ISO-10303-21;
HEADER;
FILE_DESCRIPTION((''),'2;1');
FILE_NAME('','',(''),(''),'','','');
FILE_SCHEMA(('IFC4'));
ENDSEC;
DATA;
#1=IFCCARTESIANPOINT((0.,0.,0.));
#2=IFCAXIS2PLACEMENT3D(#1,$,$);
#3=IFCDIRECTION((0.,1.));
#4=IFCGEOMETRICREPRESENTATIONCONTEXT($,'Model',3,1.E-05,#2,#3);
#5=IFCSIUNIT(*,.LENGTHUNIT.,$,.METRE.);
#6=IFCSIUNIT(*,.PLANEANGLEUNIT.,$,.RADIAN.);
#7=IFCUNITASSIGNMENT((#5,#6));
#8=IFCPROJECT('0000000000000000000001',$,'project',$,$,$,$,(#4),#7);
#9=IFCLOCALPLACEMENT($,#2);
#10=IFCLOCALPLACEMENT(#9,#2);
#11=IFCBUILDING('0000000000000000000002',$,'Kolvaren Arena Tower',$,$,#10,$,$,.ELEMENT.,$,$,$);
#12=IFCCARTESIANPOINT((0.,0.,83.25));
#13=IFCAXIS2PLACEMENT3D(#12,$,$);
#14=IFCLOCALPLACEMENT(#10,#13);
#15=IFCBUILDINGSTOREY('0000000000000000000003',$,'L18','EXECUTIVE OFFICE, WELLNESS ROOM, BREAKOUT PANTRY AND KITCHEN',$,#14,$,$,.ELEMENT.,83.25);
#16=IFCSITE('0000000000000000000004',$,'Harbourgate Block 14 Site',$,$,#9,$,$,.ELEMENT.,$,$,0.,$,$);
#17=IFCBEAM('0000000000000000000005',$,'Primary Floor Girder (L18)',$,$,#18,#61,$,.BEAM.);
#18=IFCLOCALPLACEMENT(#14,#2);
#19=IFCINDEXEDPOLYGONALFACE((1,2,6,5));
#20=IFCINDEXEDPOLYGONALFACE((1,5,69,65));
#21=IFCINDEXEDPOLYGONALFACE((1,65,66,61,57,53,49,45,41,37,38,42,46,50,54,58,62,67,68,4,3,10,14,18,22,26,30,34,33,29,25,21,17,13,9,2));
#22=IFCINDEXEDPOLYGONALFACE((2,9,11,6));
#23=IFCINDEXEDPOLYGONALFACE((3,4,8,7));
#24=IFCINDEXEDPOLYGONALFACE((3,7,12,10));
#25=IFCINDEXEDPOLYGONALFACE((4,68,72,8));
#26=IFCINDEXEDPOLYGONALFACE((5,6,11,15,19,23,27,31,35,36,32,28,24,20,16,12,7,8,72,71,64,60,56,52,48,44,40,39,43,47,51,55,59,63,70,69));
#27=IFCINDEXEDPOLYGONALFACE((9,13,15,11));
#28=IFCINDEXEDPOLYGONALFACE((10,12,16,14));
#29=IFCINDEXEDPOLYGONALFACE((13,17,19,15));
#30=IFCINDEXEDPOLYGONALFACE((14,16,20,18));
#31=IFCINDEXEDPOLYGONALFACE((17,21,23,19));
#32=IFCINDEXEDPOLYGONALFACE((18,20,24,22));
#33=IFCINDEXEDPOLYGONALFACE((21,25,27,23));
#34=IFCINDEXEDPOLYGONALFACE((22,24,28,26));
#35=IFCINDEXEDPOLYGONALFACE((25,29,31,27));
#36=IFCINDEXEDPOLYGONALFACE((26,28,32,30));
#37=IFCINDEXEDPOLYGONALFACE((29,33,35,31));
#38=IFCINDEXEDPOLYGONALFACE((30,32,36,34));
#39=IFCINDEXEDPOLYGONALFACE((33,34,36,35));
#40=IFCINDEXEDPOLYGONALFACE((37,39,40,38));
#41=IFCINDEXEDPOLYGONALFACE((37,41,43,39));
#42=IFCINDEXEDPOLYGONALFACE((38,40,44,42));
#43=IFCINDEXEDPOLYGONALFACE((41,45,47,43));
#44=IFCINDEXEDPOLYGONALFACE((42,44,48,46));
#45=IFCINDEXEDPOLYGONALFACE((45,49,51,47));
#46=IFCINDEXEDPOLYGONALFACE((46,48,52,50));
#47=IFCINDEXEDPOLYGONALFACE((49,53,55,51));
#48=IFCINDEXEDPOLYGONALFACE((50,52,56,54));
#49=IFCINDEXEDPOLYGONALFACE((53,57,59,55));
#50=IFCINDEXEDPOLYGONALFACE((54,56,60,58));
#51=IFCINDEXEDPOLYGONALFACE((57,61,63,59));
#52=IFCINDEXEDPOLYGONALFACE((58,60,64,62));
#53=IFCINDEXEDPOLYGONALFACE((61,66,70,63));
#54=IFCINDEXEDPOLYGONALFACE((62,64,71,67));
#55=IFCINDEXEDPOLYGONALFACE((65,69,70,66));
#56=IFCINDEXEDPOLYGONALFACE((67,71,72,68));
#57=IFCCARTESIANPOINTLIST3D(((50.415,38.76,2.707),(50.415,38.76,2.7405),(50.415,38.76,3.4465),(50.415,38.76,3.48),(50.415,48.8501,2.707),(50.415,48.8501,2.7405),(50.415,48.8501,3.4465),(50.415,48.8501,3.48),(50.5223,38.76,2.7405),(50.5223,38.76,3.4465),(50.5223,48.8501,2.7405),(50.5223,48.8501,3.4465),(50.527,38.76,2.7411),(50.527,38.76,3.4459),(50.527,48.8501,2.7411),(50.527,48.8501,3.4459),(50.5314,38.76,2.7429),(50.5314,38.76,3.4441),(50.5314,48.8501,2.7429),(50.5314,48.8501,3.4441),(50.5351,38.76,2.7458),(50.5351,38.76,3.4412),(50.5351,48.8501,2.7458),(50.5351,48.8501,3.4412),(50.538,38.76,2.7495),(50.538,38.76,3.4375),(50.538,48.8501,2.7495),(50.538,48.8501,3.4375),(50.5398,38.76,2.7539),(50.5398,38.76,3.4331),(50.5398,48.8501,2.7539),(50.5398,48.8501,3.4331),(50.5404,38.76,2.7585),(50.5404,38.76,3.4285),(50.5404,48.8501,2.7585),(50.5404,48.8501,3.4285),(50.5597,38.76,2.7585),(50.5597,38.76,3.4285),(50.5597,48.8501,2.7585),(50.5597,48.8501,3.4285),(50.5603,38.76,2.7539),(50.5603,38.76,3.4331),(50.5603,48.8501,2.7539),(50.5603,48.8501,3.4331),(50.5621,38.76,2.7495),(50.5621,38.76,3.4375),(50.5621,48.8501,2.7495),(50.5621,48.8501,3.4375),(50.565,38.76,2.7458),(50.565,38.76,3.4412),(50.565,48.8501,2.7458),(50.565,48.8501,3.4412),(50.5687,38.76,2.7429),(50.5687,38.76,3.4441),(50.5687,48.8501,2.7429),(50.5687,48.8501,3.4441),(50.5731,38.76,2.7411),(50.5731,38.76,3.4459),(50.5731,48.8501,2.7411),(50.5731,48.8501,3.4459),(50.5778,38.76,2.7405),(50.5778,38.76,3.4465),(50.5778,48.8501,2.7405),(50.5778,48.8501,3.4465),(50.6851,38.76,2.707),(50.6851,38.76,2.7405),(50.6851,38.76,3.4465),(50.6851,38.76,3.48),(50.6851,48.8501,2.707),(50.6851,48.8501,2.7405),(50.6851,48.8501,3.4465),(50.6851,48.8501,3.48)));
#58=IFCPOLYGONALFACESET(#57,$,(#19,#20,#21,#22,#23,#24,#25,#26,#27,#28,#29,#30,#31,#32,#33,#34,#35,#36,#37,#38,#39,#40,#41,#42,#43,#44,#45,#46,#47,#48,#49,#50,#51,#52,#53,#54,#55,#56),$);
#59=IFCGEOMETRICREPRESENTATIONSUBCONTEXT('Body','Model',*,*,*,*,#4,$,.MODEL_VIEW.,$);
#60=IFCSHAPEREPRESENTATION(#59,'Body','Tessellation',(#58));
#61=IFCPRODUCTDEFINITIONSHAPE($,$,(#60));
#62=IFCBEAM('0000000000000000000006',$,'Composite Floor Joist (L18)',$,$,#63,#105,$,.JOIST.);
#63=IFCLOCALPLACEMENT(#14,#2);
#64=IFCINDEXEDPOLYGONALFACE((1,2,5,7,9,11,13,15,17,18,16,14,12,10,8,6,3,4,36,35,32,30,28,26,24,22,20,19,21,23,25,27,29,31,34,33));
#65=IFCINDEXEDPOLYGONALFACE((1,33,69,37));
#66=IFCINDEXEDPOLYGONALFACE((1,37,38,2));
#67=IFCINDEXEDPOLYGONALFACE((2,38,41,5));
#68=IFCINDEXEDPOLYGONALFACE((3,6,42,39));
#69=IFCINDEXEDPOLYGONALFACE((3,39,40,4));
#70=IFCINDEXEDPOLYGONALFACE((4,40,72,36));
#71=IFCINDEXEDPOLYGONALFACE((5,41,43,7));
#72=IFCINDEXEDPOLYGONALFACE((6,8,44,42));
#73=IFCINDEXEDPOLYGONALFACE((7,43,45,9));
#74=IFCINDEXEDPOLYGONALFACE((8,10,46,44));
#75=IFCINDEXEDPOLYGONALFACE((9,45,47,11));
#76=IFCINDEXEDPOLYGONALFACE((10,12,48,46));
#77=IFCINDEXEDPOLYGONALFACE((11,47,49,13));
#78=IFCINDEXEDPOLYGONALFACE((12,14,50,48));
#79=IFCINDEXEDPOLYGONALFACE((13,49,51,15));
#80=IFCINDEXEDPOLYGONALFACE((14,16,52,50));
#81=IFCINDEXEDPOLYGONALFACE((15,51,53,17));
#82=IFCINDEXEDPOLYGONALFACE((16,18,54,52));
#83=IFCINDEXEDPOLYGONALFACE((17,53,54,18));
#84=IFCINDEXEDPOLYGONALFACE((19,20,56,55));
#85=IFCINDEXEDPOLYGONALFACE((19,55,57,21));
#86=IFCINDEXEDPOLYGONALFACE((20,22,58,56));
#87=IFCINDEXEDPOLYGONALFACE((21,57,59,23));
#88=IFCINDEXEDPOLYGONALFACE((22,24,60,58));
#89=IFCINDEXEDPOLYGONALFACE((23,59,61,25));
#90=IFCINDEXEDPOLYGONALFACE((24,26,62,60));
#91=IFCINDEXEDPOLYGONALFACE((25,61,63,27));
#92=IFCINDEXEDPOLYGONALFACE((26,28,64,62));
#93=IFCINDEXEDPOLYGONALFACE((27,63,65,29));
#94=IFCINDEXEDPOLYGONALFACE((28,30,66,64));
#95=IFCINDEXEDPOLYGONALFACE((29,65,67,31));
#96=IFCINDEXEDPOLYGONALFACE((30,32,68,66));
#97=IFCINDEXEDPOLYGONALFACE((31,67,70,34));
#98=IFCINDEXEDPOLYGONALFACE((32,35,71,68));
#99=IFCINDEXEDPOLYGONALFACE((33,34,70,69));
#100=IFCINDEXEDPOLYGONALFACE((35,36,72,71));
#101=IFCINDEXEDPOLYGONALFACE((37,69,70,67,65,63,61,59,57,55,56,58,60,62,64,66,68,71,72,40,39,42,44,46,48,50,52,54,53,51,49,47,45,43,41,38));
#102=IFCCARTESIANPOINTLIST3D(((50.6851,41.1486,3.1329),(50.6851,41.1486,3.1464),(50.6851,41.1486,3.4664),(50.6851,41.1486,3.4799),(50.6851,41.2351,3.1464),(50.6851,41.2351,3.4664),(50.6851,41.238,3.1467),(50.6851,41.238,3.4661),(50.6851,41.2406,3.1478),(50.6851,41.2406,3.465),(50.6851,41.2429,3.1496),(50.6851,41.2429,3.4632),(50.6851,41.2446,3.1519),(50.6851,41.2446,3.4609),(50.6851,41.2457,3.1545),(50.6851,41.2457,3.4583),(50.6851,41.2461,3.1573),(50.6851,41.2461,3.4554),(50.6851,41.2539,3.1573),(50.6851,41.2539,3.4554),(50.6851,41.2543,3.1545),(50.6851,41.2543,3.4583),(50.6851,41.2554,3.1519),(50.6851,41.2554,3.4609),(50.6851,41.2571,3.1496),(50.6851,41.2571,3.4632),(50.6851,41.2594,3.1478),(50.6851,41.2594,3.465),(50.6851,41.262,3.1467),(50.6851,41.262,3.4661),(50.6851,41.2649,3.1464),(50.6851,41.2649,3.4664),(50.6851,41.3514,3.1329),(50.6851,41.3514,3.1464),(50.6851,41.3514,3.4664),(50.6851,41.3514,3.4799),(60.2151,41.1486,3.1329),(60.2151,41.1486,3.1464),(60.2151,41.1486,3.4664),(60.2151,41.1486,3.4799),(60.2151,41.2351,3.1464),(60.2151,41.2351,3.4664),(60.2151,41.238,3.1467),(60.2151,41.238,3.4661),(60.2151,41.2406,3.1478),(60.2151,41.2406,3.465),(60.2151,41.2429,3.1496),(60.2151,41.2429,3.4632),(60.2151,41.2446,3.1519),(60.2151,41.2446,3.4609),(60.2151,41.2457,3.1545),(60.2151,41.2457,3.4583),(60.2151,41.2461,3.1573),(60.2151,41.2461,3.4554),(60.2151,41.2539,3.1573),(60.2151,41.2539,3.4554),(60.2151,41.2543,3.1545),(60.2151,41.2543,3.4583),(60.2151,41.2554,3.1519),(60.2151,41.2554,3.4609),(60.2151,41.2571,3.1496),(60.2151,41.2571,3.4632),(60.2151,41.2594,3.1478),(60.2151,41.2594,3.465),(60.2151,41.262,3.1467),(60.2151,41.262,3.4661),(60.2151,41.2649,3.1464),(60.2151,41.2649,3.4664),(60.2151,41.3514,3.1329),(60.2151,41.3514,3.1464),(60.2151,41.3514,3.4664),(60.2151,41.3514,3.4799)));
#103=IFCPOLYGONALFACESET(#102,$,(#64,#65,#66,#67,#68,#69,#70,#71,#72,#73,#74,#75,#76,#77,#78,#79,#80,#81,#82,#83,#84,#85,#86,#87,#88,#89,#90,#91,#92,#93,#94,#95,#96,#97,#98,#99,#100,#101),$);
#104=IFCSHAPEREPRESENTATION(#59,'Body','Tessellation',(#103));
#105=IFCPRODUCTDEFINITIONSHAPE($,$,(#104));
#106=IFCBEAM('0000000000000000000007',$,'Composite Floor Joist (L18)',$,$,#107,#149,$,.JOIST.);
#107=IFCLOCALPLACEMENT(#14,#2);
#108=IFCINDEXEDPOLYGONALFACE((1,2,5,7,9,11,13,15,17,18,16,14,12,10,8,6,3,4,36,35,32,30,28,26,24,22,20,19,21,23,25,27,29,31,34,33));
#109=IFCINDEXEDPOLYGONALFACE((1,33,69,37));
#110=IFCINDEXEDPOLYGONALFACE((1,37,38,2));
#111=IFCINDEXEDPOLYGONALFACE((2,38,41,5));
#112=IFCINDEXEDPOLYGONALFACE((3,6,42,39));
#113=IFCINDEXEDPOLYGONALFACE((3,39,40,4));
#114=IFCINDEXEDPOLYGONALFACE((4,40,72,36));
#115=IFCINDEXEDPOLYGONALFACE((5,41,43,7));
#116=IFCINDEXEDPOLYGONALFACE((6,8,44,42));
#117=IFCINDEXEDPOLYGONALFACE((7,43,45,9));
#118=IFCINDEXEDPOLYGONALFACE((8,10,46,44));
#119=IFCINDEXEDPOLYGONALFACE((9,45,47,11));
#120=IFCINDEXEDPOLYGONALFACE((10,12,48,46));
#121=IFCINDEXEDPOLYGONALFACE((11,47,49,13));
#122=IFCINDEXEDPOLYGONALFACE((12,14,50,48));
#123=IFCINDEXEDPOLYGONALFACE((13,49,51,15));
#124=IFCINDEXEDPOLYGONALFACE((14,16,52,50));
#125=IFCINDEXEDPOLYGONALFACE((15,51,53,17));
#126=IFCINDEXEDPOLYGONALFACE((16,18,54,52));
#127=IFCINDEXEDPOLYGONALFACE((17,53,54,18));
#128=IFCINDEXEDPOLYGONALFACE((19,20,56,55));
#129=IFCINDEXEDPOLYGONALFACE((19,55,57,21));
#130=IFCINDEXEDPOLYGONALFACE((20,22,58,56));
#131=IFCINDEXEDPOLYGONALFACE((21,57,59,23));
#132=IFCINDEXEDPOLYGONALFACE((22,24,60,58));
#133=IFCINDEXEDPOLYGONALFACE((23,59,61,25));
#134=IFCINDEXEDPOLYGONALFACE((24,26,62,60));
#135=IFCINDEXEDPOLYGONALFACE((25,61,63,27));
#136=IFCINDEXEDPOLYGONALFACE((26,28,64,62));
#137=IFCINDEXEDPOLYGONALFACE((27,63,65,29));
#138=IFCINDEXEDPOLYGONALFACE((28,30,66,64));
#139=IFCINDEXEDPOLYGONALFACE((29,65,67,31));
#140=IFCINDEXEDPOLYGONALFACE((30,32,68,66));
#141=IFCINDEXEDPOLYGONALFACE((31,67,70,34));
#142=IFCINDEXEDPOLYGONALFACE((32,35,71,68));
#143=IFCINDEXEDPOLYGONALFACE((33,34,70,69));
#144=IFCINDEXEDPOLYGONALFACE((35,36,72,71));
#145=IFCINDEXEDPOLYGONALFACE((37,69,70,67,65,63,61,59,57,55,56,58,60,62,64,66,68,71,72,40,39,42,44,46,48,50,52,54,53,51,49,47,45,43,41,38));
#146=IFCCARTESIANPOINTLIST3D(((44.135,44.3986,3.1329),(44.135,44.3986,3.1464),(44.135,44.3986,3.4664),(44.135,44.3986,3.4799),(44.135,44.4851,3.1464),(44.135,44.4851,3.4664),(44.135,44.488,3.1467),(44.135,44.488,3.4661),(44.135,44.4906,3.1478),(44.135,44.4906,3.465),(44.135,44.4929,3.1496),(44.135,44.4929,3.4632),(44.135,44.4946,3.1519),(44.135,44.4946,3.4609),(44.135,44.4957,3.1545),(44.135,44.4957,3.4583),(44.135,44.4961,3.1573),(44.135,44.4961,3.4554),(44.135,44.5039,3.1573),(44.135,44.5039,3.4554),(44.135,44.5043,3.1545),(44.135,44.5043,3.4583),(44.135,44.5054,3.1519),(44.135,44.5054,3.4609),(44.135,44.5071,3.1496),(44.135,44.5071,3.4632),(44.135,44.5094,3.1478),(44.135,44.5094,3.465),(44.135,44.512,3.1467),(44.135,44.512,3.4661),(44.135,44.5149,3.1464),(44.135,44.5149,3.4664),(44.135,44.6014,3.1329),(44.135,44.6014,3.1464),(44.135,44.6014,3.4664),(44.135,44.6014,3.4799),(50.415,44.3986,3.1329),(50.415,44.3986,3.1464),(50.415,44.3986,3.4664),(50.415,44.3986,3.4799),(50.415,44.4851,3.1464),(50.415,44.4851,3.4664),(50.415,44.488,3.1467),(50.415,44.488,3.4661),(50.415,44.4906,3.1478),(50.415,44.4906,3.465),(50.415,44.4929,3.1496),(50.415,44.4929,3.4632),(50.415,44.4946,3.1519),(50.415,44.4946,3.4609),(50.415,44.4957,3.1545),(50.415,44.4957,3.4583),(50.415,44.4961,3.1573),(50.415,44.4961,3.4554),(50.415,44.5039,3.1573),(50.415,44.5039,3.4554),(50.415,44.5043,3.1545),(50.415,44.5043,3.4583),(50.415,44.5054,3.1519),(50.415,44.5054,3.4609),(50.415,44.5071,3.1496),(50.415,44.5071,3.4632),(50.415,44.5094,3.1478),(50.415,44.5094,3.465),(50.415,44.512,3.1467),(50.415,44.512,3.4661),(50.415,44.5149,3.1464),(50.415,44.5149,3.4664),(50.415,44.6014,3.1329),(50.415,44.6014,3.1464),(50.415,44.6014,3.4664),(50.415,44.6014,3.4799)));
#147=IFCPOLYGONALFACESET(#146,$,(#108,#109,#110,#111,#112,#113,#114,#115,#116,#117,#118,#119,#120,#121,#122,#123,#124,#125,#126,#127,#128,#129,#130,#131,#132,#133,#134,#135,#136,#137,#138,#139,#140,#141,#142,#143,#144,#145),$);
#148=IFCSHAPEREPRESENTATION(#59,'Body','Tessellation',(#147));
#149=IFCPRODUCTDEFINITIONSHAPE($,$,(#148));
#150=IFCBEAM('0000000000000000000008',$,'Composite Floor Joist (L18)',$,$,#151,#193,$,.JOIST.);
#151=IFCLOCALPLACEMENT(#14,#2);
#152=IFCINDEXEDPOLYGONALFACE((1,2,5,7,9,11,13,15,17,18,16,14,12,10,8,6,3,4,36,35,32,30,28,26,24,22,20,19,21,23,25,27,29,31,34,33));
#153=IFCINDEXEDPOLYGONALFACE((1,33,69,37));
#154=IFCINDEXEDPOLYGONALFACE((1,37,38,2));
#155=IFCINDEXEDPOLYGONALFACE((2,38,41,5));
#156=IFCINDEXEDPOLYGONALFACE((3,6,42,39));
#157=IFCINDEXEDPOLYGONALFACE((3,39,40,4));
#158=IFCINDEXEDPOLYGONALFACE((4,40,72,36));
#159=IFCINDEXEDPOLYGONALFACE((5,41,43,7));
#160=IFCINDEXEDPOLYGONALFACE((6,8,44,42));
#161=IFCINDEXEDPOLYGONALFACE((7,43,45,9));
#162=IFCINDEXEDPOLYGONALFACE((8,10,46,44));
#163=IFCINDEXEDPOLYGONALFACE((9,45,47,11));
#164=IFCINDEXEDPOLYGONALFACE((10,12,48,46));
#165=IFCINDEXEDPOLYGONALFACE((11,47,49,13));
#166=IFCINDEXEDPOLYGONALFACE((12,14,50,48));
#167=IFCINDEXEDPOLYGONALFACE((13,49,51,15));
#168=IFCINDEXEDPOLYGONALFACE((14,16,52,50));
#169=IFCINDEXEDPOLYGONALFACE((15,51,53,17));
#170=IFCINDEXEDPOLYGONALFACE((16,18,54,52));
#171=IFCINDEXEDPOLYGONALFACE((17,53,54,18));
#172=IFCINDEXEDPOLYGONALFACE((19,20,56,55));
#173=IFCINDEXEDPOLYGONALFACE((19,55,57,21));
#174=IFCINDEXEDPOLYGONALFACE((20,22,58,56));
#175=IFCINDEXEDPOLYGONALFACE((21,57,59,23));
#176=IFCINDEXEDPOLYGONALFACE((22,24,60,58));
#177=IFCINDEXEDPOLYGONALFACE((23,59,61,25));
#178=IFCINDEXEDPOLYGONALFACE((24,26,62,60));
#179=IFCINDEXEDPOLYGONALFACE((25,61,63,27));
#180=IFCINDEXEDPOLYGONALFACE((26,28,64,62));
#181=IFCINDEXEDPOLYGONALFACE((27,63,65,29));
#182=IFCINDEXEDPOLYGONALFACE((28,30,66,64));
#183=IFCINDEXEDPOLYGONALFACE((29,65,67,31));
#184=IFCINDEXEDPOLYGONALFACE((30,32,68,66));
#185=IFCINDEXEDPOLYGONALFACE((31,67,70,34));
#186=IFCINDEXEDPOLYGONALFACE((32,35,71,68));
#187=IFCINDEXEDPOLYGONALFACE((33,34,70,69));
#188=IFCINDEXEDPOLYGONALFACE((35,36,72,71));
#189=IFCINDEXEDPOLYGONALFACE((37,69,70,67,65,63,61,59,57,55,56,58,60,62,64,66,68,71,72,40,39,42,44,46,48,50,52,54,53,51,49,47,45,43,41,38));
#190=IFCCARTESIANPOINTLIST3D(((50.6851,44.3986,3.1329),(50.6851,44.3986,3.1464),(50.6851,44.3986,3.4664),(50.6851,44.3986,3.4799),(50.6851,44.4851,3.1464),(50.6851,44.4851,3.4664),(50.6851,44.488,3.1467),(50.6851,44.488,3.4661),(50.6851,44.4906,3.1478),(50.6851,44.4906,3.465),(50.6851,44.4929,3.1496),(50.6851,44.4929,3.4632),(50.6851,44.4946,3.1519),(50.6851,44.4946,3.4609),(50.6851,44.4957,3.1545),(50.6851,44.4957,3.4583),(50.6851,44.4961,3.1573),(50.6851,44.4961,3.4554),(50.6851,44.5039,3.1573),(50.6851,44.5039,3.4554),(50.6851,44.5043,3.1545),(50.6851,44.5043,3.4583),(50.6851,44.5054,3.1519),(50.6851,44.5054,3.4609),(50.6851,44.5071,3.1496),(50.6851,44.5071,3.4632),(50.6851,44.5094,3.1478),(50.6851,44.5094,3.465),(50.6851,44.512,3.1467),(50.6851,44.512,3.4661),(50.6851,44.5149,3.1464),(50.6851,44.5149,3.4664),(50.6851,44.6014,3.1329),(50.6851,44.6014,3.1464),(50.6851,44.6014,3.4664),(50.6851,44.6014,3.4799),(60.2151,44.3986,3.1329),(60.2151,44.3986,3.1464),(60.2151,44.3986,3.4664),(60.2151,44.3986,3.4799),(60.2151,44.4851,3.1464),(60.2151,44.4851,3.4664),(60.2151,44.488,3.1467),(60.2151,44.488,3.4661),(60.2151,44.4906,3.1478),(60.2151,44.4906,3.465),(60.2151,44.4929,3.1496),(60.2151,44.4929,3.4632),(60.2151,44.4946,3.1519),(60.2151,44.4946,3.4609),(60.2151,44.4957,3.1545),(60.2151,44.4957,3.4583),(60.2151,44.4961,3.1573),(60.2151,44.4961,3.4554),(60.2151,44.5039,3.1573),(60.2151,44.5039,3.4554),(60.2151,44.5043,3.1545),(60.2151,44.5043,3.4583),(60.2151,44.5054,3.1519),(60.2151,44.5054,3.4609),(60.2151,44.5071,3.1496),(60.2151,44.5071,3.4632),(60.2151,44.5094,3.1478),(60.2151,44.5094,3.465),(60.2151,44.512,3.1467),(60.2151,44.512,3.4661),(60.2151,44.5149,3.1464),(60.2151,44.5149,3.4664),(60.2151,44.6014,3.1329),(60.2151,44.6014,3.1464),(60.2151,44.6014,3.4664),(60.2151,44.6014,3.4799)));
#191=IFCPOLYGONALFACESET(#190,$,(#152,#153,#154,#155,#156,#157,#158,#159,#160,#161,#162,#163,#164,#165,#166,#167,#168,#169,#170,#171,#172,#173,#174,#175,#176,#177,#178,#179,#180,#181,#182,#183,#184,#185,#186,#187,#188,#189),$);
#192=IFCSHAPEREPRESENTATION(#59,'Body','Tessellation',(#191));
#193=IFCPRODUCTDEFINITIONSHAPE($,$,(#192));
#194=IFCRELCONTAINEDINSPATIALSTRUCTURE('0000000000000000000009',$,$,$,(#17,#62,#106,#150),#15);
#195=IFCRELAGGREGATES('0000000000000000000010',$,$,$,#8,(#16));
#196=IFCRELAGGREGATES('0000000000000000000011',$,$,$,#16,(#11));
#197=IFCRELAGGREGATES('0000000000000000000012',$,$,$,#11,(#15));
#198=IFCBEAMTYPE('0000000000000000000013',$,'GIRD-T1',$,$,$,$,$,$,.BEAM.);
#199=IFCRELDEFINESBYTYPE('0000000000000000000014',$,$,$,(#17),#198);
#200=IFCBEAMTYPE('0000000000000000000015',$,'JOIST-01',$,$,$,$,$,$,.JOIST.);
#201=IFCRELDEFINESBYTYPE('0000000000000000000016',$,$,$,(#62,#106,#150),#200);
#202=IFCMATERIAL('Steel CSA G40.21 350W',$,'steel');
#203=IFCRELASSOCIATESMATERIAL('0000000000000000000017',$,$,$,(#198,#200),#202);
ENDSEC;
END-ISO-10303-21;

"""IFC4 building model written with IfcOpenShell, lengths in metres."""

from ifc_helpers import new_model, si_unit, direction, frame, origin, origin_2d, place, context, subcontext, project, spatial, i_section, extrude, material, material_profile, profile_set, type_object, element, save


model = new_model("IFC4")

# Units and contexts
model_context = context("Model", 3, precision=1e-05, world=origin(), true_north=direction((0.0, 1.0)))
body_context = subcontext(model_context, "Body", "Model", "MODEL_VIEW")
ifc_project = project(units=[si_unit("LENGTHUNIT", "METRE"), si_unit("PLANEANGLEUNIT", "RADIAN")], contexts=[model_context])

# Site, building, storey
site_placement = place(None, origin())
site = spatial("IfcSite", under=ifc_project, at=site_placement, Name="Harbourgate Block 14 Site", CompositionType="ELEMENT", RefElevation=0.0)
building_placement = place(site_placement, origin())
building = spatial("IfcBuilding", under=site, at=building_placement, Name="Kolvaren Arena Tower", CompositionType="ELEMENT")
storey_placement = place(building_placement, frame((0.0, 0.0, 83.25)))
storey = spatial("IfcBuildingStorey", under=building, at=storey_placement, Name="L18", Description="EXECUTIVE OFFICE, WELLNESS ROOM, BREAKOUT PANTRY AND KITCHEN", CompositionType="ELEMENT", Elevation=83.25)

# Beams
ifc_material_1 = material(Name="Steel CSA G40.21 350W", Category="steel")
ifc_material_profile_1 = material_profile(ifc_material_1, i_section(OverallWidth=0.27, OverallDepth=0.7729, WebThickness=0.0193, FlangeThickness=0.0334, FilletRadius=0.0181, at=origin_2d()), Name="W760x257")
ifc_profile_set_1 = profile_set([ifc_material_profile_1], Name="Steel CSA G40.21 350W")
beam_type_1 = type_object("IfcBeamType", Name="GIRD-T1", PredefinedType="BEAM", material=ifc_profile_set_1)
beam_1_placement = place(storey_placement, frame((50.55, 38.76, 3.0935), z_axis=(0.0, 1.0, 0.0), x_axis=(-1.0, 0.0, 0.0)))
element("IfcBeam", 1, at=beam_1_placement, inside=storey, type_object=beam_type_1, Name="Primary Floor Girder (L18)", PredefinedType="BEAM", context=body_context, shape_type="SweptSolid", body=[
    extrude(i_section(OverallWidth=0.27, OverallDepth=0.7729, WebThickness=0.0193, FlangeThickness=0.0334, FilletRadius=0.0181, at=origin_2d()), origin(), (0.0, 0.0, 1.0), 10.0901),
])
ifc_material_profile_2 = material_profile(ifc_material_1, i_section(OverallWidth=0.2029, OverallDepth=0.3469, WebThickness=0.0078, FlangeThickness=0.0134, FilletRadius=0.011, at=origin_2d()), Name="W360x64")
ifc_profile_set_2 = profile_set([ifc_material_profile_2], Name="Steel CSA G40.21 350W")
beam_type_2 = type_object("IfcBeamType", Name="JOIST-01", PredefinedType="JOIST", material=ifc_profile_set_2)
beam_2_placement = place(storey_placement, frame((50.6851, 41.25, 3.3064), z_axis=(1.0, 0.0, 0.0), x_axis=(0.0, 1.0, 0.0)))
element("IfcBeam", 2, at=beam_2_placement, inside=storey, type_object=beam_type_2, Name="Composite Floor Joist (L18)", PredefinedType="JOIST", context=body_context, shape_type="SweptSolid", body=[
    extrude(i_section(OverallWidth=0.2029, OverallDepth=0.3469, WebThickness=0.0078, FlangeThickness=0.0134, FilletRadius=0.011, at=origin_2d()), origin(), (0.0, 0.0, 1.0), 9.53),
])
beam_3_placement = place(storey_placement, frame((44.135, 44.5, 3.3064), z_axis=(1.0, 0.0, 0.0), x_axis=(0.0, 1.0, 0.0)))
element("IfcBeam", 3, at=beam_3_placement, inside=storey, type_object=beam_type_2, Name="Composite Floor Joist (L18)", PredefinedType="JOIST", context=body_context, shape_type="SweptSolid", body=[
    extrude(i_section(OverallWidth=0.2029, OverallDepth=0.3469, WebThickness=0.0078, FlangeThickness=0.0134, FilletRadius=0.011, at=origin_2d()), origin(), (0.0, 0.0, 1.0), 6.28),
])
beam_4_placement = place(storey_placement, frame((50.6851, 44.5, 3.3064), z_axis=(1.0, 0.0, 0.0), x_axis=(0.0, 1.0, 0.0)))
element("IfcBeam", 4, at=beam_4_placement, inside=storey, type_object=beam_type_2, Name="Composite Floor Joist (L18)", PredefinedType="JOIST", context=body_context, shape_type="SweptSolid", body=[
    extrude(i_section(OverallWidth=0.2029, OverallDepth=0.3469, WebThickness=0.0078, FlangeThickness=0.0134, FilletRadius=0.011, at=origin_2d()), origin(), (0.0, 0.0, 1.0), 9.53),
])

save(model, "model.ifc")
